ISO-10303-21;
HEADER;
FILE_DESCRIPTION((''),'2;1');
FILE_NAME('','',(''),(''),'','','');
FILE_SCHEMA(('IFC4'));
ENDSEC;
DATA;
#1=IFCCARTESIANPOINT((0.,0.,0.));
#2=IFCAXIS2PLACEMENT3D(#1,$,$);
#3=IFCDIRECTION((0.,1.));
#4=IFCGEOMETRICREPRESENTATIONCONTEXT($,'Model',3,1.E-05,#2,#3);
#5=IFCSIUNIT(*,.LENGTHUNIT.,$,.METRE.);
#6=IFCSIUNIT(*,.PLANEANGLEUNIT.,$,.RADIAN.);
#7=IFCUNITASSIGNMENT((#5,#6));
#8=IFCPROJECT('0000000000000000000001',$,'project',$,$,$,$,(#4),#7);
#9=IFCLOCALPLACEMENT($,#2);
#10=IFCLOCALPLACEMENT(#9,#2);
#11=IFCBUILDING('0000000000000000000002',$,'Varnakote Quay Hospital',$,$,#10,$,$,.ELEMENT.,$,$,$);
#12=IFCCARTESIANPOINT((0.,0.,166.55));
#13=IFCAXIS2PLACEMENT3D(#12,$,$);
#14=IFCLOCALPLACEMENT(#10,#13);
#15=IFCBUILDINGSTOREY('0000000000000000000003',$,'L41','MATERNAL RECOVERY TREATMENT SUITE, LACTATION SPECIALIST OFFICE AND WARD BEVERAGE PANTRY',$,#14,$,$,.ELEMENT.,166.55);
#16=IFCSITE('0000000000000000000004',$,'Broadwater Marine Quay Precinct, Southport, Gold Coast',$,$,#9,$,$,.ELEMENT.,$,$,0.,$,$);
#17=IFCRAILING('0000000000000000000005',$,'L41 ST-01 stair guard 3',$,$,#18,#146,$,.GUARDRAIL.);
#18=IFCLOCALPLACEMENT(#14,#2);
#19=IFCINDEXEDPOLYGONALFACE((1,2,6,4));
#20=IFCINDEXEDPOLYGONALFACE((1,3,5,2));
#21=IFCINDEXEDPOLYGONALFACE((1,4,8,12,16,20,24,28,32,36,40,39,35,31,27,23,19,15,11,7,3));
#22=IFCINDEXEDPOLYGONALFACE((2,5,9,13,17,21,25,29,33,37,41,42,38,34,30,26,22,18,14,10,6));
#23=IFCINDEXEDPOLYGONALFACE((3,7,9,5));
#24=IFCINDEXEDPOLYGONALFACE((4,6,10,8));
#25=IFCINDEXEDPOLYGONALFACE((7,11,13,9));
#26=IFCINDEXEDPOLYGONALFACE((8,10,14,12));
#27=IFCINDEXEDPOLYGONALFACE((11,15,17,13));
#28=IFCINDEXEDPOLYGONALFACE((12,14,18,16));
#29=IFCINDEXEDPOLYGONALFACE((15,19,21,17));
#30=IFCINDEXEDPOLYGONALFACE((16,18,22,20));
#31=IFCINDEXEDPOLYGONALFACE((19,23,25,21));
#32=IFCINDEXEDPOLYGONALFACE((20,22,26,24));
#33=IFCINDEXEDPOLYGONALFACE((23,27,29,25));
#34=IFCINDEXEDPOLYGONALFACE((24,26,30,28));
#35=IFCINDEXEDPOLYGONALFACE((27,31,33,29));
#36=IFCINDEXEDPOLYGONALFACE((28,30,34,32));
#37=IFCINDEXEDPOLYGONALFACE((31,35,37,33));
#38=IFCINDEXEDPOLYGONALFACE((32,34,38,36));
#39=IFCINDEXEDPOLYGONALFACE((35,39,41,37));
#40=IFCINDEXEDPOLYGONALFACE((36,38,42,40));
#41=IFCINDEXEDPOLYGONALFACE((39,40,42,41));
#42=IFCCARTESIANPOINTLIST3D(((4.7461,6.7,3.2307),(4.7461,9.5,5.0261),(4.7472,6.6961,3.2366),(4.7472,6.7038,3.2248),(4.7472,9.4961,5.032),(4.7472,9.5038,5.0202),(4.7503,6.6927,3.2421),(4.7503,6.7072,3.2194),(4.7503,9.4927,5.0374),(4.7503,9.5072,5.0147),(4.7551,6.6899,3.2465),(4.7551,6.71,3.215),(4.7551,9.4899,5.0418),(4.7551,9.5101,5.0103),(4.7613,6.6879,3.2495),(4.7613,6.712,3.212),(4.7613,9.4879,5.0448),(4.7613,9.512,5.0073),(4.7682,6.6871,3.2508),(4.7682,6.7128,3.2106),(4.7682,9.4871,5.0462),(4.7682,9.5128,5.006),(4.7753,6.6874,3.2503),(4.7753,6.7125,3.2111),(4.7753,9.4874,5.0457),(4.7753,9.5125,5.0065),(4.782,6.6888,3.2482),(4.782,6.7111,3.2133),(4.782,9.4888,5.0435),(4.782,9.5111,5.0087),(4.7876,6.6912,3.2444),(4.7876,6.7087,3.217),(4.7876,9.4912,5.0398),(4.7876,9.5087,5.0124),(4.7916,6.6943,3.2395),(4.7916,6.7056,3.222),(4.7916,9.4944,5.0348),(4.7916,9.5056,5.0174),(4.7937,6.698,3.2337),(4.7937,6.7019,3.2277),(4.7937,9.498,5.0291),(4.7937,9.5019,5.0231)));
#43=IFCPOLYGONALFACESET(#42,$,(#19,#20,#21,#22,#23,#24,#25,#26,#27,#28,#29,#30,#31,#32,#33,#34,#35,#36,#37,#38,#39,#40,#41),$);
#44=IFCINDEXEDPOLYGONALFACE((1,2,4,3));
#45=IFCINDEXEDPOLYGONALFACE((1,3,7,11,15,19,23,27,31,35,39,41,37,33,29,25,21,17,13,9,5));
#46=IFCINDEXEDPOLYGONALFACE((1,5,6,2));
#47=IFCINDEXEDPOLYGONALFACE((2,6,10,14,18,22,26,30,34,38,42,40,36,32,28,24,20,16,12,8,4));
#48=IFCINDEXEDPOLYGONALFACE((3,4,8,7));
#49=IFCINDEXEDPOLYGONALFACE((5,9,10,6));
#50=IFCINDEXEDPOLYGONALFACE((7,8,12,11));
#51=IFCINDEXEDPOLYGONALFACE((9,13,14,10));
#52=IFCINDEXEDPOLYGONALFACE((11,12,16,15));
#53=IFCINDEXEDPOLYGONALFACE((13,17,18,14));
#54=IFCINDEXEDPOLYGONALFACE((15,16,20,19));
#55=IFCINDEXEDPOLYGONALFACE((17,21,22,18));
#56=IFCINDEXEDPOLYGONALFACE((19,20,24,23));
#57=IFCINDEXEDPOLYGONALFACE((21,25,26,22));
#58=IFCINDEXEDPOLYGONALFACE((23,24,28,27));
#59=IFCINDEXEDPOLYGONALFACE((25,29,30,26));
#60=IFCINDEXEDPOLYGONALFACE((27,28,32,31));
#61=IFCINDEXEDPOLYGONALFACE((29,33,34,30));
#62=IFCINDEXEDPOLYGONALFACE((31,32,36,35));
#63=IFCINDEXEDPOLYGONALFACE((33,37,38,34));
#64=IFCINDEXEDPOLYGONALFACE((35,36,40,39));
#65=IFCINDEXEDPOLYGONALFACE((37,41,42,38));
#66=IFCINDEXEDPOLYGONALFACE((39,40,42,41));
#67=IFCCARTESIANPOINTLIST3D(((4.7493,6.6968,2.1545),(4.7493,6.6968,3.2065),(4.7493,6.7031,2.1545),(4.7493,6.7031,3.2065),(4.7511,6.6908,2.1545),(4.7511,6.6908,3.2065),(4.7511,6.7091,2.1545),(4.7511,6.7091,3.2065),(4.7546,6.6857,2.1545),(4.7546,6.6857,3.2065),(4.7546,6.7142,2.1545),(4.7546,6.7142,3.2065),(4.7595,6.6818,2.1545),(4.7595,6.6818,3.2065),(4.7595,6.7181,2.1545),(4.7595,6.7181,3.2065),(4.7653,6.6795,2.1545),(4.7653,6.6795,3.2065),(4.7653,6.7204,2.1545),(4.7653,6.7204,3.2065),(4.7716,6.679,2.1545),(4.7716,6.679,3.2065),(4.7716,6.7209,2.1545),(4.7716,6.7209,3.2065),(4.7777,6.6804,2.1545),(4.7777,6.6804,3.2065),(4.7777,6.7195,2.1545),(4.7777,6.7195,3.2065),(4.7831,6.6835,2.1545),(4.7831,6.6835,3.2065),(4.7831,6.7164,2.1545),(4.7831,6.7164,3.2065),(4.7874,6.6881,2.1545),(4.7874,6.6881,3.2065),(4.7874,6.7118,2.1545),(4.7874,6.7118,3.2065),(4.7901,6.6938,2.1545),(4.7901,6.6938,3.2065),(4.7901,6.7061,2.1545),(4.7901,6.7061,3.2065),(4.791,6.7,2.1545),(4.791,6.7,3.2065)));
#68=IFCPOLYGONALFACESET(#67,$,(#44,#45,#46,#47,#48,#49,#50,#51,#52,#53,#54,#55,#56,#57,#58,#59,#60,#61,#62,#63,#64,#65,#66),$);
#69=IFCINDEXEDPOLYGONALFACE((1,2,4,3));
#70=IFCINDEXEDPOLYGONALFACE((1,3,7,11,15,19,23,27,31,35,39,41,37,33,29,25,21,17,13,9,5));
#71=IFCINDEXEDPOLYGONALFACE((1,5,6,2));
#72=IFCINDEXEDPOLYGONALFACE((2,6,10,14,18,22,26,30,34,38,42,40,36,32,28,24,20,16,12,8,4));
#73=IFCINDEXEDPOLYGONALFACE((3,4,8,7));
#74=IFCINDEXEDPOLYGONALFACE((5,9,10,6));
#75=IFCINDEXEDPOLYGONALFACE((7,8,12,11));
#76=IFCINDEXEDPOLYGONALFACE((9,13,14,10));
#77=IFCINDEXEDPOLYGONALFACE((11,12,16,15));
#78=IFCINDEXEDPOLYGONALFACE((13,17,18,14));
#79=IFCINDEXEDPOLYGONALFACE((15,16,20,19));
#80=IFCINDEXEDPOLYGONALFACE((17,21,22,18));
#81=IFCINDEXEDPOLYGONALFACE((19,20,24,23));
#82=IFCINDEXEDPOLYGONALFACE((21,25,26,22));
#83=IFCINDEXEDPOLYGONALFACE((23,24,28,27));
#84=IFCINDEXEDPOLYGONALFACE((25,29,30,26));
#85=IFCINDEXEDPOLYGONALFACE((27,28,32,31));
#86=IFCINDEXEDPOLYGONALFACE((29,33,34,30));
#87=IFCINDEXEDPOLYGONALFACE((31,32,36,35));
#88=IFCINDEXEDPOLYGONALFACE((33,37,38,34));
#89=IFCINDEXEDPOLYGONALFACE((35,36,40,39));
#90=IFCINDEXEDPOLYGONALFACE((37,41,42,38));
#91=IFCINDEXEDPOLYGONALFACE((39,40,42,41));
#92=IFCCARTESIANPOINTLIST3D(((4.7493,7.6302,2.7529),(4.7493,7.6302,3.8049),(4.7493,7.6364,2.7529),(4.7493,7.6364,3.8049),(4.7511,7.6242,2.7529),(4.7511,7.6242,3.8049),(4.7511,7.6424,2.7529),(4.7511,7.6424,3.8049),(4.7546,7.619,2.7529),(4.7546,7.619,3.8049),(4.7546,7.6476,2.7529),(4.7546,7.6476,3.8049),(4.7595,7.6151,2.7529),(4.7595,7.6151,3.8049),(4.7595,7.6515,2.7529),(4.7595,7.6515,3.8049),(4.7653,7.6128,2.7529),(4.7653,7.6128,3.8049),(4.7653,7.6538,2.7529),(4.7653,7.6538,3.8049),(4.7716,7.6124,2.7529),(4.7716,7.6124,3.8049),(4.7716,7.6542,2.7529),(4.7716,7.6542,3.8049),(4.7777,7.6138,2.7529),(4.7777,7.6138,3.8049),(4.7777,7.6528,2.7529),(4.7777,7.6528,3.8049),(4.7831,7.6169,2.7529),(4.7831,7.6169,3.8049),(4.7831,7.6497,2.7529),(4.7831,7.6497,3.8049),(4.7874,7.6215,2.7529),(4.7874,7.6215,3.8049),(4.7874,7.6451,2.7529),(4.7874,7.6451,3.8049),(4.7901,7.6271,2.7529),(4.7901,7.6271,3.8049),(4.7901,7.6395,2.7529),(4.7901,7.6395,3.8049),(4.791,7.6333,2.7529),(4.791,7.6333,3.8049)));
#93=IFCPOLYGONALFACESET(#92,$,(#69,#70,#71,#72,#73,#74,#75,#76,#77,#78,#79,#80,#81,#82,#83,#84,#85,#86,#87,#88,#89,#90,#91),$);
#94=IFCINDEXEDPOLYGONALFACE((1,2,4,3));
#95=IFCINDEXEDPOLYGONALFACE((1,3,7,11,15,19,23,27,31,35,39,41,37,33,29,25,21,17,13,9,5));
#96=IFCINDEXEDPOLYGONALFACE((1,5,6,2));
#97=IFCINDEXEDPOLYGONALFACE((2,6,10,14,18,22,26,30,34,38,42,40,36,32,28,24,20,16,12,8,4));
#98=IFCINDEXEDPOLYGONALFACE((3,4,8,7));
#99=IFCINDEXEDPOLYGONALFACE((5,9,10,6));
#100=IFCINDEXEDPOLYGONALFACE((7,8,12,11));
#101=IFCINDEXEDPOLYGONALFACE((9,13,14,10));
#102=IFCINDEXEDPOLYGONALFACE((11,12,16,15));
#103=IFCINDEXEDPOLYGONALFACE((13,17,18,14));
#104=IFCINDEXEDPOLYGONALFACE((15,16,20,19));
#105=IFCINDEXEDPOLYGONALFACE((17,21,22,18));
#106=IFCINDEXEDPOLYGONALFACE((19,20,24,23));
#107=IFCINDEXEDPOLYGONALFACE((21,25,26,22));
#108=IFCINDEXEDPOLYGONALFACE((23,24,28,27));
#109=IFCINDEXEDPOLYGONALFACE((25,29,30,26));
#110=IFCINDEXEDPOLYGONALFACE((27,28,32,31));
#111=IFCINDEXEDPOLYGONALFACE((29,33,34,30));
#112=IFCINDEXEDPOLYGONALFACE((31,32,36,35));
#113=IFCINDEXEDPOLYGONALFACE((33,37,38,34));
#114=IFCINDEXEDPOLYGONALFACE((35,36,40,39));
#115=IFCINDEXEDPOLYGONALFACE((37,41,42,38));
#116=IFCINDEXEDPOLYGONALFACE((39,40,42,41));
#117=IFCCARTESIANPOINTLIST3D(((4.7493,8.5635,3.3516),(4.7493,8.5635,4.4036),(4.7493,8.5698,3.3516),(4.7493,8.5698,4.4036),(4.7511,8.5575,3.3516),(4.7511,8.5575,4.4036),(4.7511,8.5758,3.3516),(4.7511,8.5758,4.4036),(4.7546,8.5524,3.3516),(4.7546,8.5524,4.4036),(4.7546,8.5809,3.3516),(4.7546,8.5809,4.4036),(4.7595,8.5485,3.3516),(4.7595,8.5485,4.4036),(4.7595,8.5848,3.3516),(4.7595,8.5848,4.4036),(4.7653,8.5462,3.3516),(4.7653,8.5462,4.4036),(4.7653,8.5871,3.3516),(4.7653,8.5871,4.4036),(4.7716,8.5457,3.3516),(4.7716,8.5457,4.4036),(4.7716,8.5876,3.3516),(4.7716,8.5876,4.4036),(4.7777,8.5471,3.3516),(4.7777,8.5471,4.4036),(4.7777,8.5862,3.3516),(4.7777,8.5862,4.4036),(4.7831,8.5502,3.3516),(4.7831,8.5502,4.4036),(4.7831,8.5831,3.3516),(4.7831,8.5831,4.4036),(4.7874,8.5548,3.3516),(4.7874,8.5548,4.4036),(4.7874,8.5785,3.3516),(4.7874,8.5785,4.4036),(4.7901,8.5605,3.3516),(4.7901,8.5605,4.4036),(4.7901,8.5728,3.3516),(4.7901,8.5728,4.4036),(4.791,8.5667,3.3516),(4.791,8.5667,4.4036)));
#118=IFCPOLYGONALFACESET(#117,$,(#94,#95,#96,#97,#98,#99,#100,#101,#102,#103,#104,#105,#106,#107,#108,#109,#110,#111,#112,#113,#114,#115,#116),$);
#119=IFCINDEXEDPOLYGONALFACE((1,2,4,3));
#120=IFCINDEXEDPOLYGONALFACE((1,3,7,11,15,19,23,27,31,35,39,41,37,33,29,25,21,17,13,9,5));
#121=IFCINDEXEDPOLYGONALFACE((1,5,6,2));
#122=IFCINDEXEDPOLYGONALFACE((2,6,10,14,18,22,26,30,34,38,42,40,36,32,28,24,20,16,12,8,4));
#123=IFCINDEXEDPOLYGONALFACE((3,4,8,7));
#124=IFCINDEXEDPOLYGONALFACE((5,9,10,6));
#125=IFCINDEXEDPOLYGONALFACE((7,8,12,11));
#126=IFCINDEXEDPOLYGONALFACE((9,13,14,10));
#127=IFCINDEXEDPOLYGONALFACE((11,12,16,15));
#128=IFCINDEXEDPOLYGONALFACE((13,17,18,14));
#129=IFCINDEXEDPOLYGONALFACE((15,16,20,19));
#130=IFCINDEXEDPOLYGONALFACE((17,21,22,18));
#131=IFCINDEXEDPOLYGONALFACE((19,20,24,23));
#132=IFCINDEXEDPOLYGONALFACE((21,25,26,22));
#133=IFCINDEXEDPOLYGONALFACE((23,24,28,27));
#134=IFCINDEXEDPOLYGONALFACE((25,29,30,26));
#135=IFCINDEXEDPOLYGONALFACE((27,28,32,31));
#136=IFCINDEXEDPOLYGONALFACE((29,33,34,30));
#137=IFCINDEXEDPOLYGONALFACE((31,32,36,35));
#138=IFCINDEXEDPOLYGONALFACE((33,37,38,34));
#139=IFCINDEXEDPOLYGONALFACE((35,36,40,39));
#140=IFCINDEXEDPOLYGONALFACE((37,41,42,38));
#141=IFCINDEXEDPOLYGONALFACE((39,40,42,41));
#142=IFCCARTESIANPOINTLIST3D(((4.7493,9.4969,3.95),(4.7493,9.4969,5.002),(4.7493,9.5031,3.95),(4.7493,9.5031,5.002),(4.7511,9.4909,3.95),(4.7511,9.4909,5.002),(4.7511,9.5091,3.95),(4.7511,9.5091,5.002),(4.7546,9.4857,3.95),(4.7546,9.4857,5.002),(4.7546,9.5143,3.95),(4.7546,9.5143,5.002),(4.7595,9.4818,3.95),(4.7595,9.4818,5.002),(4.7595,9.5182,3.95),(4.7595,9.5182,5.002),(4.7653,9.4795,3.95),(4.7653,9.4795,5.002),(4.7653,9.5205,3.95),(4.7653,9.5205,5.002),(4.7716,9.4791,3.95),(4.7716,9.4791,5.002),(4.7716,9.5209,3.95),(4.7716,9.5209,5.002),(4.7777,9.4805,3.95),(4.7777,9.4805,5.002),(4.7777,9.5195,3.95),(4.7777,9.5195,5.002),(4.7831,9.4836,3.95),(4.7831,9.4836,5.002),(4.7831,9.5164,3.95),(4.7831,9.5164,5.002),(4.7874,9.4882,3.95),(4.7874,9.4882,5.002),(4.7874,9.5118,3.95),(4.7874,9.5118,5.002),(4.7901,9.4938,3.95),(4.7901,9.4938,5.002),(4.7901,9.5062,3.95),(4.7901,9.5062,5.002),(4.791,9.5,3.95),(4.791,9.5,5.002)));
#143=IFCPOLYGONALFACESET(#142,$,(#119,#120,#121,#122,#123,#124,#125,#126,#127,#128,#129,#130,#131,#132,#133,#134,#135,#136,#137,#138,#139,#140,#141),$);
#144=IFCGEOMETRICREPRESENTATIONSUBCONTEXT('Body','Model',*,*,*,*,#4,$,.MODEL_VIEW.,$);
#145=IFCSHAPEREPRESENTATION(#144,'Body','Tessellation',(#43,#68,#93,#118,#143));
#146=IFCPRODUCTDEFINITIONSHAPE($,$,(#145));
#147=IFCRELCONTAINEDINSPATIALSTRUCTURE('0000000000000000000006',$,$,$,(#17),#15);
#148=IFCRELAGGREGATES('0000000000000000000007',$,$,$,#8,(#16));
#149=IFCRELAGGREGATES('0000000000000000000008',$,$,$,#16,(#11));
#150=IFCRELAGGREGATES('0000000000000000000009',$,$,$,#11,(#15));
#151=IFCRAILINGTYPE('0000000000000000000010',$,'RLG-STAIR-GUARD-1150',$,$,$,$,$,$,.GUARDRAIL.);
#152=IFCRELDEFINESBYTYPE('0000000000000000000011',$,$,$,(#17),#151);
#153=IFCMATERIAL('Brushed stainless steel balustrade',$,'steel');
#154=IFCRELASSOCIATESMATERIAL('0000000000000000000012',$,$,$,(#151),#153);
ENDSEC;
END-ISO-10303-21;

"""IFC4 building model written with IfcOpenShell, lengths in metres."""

from ifc_helpers import new_model, si_unit, direction, frame, origin, origin_2d, place, context, subcontext, project, spatial, circle, extrude, material, type_object, element, save


model = new_model("IFC4")

# Units and contexts
model_context = context("Model", 3, precision=1e-05, world=origin(), true_north=direction((0.0, 1.0)))
body_context = subcontext(model_context, "Body", "Model", "MODEL_VIEW")
ifc_project = project(units=[si_unit("LENGTHUNIT", "METRE"), si_unit("PLANEANGLEUNIT", "RADIAN")], contexts=[model_context])

# Site, building, storey
site_placement = place(None, origin())
site = spatial("IfcSite", under=ifc_project, at=site_placement, Name="Broadwater Marine Quay Precinct, Southport, Gold Coast", CompositionType="ELEMENT", RefElevation=0.0)
building_placement = place(site_placement, origin())
building = spatial("IfcBuilding", under=site, at=building_placement, Name="Varnakote Quay Hospital", CompositionType="ELEMENT")
storey_placement = place(building_placement, frame((0.0, 0.0, 166.55)))
storey = spatial("IfcBuildingStorey", under=building, at=storey_placement, Name="L41", Description="MATERNAL RECOVERY TREATMENT SUITE, LACTATION SPECIALIST OFFICE AND WARD BEVERAGE PANTRY", CompositionType="ELEMENT", Elevation=166.55)

# Railing
ifc_material_1 = material(Name="Brushed stainless steel balustrade", Category="steel")
railing_type_1 = type_object("IfcRailingType", Name="RLG-STAIR-GUARD-1150", PredefinedType="GUARDRAIL", material=ifc_material_1)
railing_1_placement = place(storey_placement, frame((4.77, 6.7, 2.1545)))
element("IfcRailing", 1, at=railing_1_placement, inside=storey, type_object=railing_type_1, Name="L41 ST-01 stair guard 3", PredefinedType="GUARDRAIL", context=body_context, shape_type="SweptSolid", body=[
    extrude(circle(Radius=0.0239, at=origin_2d()), frame((0.0, 0.0, 1.0762), z_axis=(0.0, 0.84181, 0.539774), x_axis=(-1.0, 0.0, 0.0)), (0.0, 0.0, 1.0), 3.3262),
    extrude(circle(Radius=0.021, at=origin_2d()), origin(), (0.0, 0.0, 1.0), 1.052),
    extrude(circle(Radius=0.021, at=origin_2d()), frame((0.0, 0.9333, 0.5984)), (0.0, 0.0, 1.0), 1.052),
    extrude(circle(Radius=0.021, at=origin_2d()), frame((0.0, 1.8667, 1.197)), (0.0, 0.0, 1.0), 1.052),
    extrude(circle(Radius=0.021, at=origin_2d()), frame((0.0, 2.8, 1.7954)), (0.0, 0.0, 1.0), 1.052),
])

save(model, "model.ifc")
